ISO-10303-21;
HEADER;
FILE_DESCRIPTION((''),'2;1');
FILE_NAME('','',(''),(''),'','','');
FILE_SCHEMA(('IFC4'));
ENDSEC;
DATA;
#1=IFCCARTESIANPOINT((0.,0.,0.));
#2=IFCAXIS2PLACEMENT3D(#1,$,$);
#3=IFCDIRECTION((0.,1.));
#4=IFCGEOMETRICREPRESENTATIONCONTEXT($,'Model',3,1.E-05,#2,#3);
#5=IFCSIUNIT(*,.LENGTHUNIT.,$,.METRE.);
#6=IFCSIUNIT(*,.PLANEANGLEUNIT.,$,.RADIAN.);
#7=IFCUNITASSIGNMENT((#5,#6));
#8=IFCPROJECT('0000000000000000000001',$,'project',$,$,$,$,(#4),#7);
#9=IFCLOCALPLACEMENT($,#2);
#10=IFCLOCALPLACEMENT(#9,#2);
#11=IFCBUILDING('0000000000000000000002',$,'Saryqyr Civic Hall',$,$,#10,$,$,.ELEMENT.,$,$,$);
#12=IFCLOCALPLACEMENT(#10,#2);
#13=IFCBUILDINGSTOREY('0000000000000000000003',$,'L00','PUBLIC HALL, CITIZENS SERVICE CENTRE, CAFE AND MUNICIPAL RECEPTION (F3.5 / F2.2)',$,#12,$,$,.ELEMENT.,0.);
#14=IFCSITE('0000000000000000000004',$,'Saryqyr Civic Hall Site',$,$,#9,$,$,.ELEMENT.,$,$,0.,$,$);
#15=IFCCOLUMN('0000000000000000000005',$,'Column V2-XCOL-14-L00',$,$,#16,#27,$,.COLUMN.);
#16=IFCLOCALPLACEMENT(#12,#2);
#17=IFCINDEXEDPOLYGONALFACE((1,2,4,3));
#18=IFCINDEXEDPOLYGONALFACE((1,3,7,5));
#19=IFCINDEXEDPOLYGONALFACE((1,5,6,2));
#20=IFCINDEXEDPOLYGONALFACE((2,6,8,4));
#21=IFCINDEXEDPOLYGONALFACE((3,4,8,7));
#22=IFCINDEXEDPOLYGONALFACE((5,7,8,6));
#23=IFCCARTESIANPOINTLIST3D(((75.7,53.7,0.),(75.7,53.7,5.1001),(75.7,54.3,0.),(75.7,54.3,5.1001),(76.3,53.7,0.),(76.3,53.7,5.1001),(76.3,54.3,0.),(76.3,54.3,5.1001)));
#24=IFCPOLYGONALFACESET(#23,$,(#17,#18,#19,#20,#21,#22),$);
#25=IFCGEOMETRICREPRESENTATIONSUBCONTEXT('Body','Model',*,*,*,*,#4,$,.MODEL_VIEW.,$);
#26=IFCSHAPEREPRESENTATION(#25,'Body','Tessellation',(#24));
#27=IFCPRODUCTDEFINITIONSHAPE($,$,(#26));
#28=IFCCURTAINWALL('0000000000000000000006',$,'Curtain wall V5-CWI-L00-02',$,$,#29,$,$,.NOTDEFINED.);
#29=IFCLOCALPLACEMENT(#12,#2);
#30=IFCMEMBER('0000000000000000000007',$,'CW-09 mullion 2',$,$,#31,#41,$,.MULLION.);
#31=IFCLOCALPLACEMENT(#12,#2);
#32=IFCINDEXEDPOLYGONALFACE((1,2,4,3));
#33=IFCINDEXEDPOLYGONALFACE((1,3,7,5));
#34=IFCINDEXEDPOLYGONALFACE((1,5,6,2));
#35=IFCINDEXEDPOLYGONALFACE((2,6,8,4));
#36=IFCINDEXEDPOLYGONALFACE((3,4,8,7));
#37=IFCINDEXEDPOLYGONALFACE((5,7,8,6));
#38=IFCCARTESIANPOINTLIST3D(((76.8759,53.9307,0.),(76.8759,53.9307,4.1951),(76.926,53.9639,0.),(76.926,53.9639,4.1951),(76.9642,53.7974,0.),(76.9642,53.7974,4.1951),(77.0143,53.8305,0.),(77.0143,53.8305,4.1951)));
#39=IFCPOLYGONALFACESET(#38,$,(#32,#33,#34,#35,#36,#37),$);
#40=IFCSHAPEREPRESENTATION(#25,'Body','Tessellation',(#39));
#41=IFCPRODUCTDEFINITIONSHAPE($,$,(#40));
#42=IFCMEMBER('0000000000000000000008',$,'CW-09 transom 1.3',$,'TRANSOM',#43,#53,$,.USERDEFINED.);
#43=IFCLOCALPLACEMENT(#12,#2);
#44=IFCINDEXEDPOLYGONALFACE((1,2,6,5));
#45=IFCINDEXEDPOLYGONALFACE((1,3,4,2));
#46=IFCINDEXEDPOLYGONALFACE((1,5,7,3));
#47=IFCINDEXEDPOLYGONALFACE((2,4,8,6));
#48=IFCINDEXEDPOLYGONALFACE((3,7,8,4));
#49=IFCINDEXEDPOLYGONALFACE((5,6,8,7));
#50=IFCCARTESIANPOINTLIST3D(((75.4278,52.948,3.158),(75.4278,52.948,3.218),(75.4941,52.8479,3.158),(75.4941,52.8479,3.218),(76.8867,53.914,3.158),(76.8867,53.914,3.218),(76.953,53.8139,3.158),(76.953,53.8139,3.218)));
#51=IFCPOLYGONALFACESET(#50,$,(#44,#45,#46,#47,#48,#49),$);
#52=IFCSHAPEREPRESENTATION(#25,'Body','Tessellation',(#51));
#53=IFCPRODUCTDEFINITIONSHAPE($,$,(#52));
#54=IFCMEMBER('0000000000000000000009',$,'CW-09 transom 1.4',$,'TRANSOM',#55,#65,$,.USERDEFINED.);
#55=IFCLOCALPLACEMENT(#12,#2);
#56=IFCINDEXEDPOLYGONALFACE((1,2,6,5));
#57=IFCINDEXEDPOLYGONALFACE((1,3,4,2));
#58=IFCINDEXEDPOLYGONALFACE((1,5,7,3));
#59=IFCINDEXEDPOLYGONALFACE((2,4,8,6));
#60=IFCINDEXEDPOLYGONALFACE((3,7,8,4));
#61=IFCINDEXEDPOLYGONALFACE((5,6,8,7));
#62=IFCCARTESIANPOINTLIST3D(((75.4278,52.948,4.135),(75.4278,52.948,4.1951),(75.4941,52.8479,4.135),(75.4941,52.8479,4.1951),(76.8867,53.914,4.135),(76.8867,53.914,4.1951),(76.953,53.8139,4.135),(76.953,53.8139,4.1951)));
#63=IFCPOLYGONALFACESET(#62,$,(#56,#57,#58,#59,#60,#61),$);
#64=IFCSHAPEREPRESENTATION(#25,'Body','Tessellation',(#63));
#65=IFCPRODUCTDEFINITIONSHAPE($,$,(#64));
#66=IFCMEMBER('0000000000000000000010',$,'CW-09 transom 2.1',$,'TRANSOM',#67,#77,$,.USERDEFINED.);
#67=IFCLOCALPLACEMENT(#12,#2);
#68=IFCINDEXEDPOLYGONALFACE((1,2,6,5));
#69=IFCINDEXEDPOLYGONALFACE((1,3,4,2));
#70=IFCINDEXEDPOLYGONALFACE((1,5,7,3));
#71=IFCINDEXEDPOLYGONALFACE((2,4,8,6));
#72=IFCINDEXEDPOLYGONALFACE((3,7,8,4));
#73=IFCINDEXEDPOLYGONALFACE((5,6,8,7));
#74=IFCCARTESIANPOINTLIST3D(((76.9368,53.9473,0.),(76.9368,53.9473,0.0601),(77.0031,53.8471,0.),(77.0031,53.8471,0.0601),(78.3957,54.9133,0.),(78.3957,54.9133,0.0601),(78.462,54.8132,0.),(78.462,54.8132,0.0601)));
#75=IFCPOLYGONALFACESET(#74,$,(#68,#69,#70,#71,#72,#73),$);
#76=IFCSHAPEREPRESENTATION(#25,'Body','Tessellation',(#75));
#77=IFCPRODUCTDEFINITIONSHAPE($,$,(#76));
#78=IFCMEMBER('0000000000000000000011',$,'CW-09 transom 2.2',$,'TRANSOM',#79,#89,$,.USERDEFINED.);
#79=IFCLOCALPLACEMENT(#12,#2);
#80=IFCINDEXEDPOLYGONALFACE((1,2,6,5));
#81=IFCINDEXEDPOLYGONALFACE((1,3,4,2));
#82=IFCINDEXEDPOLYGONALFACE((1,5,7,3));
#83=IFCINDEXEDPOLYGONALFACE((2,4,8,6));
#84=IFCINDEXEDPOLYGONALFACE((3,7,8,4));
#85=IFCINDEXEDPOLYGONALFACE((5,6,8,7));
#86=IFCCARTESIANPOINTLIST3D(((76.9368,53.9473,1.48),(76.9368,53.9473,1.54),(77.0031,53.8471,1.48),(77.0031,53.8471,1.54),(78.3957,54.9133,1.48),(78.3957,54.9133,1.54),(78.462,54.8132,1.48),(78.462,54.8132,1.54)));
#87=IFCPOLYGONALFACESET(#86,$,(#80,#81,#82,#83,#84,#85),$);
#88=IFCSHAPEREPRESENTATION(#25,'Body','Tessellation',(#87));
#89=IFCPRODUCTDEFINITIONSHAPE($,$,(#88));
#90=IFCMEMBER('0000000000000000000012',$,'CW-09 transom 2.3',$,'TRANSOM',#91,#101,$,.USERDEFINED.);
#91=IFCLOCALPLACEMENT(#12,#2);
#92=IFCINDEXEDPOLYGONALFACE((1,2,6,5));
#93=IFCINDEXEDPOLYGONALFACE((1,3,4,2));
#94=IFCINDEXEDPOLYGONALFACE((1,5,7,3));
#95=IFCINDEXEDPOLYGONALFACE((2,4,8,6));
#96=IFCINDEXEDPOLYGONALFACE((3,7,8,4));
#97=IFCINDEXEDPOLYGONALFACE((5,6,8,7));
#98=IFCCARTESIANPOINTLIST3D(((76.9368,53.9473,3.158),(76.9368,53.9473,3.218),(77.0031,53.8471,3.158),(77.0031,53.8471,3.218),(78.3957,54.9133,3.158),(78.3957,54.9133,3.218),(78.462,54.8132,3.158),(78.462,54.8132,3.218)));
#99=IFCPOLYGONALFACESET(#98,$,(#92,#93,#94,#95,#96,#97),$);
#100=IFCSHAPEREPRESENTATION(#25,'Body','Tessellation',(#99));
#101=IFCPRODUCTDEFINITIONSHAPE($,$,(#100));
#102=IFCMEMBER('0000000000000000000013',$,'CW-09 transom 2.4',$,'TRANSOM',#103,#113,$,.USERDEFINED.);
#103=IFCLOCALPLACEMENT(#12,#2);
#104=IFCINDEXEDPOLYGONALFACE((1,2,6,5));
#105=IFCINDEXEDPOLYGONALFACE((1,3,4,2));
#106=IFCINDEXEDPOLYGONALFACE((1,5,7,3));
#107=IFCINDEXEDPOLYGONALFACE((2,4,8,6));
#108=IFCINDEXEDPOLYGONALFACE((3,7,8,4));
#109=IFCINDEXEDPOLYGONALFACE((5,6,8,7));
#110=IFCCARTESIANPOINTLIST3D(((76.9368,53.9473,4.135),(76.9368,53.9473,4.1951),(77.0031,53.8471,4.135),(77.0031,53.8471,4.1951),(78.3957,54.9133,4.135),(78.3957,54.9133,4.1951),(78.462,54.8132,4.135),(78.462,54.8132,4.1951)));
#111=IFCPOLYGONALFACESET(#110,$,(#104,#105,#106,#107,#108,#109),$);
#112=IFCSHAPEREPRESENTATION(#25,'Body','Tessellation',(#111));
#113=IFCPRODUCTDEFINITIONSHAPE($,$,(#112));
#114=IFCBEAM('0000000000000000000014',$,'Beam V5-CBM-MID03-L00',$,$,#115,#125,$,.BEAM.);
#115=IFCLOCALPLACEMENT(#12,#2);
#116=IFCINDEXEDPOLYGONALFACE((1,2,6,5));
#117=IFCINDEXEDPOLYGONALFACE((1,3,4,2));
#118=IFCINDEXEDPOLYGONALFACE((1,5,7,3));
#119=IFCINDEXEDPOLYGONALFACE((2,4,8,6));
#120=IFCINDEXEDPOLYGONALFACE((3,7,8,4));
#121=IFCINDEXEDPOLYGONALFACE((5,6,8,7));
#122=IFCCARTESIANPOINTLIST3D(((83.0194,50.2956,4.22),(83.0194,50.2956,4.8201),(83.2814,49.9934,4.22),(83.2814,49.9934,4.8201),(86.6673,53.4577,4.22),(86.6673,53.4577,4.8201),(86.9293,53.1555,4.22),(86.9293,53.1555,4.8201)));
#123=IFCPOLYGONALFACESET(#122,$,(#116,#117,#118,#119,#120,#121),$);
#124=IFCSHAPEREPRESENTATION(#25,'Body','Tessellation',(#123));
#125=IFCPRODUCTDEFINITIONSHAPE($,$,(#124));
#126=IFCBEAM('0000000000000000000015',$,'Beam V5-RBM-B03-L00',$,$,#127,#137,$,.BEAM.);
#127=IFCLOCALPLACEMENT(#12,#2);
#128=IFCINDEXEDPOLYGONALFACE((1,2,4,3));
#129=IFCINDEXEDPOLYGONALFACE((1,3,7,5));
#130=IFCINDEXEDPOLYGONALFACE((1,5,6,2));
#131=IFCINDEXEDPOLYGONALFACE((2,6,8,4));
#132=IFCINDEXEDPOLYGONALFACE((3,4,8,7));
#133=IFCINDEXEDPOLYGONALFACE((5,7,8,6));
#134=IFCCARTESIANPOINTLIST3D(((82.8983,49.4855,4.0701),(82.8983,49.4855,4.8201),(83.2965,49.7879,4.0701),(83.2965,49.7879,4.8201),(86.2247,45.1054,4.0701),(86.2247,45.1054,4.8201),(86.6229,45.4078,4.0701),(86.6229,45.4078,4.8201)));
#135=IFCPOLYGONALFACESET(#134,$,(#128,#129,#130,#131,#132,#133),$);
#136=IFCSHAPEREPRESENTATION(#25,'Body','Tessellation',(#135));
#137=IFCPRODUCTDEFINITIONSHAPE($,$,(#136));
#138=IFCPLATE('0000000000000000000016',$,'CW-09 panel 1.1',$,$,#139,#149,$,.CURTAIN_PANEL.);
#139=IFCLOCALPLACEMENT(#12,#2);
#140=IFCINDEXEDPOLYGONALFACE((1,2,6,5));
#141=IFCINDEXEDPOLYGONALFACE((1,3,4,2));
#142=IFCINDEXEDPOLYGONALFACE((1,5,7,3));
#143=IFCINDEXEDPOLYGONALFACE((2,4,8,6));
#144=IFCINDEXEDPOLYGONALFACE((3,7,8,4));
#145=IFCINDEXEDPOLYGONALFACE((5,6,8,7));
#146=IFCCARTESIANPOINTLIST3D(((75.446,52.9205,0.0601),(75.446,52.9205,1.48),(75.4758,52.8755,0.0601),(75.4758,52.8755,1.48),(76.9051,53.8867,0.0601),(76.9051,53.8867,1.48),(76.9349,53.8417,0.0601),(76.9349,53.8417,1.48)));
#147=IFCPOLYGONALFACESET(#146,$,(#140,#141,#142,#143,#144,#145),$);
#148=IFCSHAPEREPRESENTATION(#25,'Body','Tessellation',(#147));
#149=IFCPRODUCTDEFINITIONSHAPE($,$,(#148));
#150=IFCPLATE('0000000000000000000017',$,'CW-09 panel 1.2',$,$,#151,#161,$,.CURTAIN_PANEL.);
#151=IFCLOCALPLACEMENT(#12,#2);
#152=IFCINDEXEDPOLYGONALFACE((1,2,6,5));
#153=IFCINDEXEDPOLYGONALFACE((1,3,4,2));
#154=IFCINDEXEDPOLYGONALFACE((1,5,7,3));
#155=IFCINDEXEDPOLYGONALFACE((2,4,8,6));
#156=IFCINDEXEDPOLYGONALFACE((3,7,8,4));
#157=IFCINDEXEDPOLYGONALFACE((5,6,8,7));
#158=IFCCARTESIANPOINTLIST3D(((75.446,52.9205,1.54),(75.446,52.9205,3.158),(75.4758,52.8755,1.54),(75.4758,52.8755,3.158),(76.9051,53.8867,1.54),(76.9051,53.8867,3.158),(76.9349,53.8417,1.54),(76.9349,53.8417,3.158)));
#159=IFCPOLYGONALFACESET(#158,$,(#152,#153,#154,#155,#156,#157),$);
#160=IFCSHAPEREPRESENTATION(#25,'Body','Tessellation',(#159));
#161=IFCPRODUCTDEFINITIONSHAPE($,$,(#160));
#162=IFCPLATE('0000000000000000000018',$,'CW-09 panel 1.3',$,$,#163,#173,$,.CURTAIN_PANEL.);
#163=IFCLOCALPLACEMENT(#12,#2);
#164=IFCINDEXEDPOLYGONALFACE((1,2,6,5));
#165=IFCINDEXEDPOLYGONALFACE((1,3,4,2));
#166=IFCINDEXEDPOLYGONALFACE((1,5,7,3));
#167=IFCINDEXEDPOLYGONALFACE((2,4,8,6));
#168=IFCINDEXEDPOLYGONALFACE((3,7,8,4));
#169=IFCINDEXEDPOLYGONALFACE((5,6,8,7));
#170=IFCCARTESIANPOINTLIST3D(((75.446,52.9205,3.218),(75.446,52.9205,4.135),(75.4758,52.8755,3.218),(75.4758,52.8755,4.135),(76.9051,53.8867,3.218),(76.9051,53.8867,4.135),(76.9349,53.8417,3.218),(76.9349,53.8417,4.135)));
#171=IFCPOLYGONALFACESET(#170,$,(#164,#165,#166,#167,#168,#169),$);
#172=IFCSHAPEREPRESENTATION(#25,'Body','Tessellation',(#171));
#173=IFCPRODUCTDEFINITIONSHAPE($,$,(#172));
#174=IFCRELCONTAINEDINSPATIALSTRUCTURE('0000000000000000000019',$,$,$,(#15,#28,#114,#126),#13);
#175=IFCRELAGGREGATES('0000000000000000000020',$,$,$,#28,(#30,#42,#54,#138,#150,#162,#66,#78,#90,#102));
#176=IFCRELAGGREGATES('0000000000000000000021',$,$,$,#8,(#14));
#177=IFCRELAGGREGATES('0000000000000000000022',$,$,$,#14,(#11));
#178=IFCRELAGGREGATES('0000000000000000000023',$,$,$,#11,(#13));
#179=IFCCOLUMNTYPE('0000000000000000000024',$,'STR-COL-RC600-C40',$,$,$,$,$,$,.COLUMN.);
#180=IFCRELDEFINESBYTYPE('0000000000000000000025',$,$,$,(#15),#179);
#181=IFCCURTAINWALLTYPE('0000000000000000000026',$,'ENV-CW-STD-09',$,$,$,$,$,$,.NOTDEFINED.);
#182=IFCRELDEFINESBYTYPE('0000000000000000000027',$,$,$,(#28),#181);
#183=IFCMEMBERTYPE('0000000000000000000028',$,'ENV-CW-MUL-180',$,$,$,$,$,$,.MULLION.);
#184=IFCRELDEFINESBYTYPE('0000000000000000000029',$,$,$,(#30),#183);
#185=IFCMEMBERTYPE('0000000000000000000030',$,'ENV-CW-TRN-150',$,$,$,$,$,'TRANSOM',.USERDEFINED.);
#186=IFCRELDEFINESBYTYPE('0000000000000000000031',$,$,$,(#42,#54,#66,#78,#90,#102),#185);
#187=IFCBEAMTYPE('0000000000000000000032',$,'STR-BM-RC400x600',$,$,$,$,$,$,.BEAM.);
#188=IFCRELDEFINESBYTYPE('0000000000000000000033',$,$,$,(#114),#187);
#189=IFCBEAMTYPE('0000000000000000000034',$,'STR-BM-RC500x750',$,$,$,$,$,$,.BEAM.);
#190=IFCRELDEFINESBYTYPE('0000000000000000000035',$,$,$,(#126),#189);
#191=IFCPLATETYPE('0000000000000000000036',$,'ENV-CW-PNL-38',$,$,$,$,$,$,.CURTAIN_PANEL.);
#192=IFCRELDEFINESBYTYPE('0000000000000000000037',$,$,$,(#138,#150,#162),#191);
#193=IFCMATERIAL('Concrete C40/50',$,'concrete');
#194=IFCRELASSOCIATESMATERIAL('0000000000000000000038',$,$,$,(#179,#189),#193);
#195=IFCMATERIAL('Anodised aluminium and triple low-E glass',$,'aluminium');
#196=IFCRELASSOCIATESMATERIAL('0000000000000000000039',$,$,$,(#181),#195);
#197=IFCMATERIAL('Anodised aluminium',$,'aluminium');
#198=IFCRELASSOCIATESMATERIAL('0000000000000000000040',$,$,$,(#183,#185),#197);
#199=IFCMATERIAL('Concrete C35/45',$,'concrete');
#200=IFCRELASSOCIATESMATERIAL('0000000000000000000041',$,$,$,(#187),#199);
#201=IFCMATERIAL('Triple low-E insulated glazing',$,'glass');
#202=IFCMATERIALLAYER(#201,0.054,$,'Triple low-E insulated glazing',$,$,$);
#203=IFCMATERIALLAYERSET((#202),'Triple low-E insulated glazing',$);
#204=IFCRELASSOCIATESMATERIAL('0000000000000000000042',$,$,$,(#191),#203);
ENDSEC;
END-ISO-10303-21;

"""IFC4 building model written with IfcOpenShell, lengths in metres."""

from ifc_helpers import new_model, si_unit, direction, frame, origin, origin_2d, place, context, subcontext, project, spatial, rectangle, extrude, material, layer, layer_set, material_profile, profile_set, type_object, element, aggregate, save


model = new_model("IFC4")

# Units and contexts
model_context = context("Model", 3, precision=1e-05, world=origin(), true_north=direction((0.0, 1.0)))
body_context = subcontext(model_context, "Body", "Model", "MODEL_VIEW")
ifc_project = project(units=[si_unit("LENGTHUNIT", "METRE"), si_unit("PLANEANGLEUNIT", "RADIAN")], contexts=[model_context])

# Site, building, storey
site_placement = place(None, origin())
site = spatial("IfcSite", under=ifc_project, at=site_placement, Name="Saryqyr Civic Hall Site", CompositionType="ELEMENT", RefElevation=0.0)
building_placement = place(site_placement, origin())
building = spatial("IfcBuilding", under=site, at=building_placement, Name="Saryqyr Civic Hall", CompositionType="ELEMENT")
storey_placement = place(building_placement, origin())
storey = spatial("IfcBuildingStorey", under=building, at=storey_placement, Name="L00", Description="PUBLIC HALL, CITIZENS SERVICE CENTRE, CAFE AND MUNICIPAL RECEPTION (F3.5 / F2.2)", CompositionType="ELEMENT", Elevation=0.0)

# Column
ifc_material_1 = material(Name="Concrete C40/50", Category="concrete")
ifc_material_profile_1 = material_profile(ifc_material_1, rectangle(XDim=0.6001, YDim=0.6001, at=origin_2d()), Name="RC 600x600")
ifc_profile_set_1 = profile_set([ifc_material_profile_1], Name="Concrete C40/50")
column_type_1 = type_object("IfcColumnType", Name="STR-COL-RC600-C40", PredefinedType="COLUMN", material=ifc_profile_set_1)
column_1_placement = place(storey_placement, frame((76.0, 54.0, 0.0), z_axis=(0.0, 0.0, 1.0), x_axis=(1.0, 0.0, 0.0)))
element("IfcColumn", 1, at=column_1_placement, inside=storey, type_object=column_type_1, Name="Column V2-XCOL-14-L00", PredefinedType="COLUMN", context=body_context, shape_type="SweptSolid", body=[
    extrude(rectangle(XDim=0.6001, YDim=0.6001, at=origin_2d()), origin(), (0.0, 0.0, 1.0), 5.1001),
])

# Curtain wall, members
ifc_material_2 = material(Name="Anodised aluminium and triple low-E glass", Category="aluminium")
curtain_wall_type = type_object("IfcCurtainWallType", Name="ENV-CW-STD-09", PredefinedType="NOTDEFINED", material=ifc_material_2)
curtain_wall_placement = place(storey_placement, origin())
curtain_wall = element("IfcCurtainWall", 2, at=curtain_wall_placement, inside=storey, type_object=curtain_wall_type, Name="Curtain wall V5-CWI-L00-02", PredefinedType="NOTDEFINED")
ifc_material_3 = material(Name="Anodised aluminium", Category="aluminium")
ifc_material_profile_2 = material_profile(ifc_material_3, rectangle(XDim=0.0601, YDim=0.1599, at=origin_2d()), Name="ALU MULLION 60x160")
ifc_profile_set_2 = profile_set([ifc_material_profile_2], Name="Anodised aluminium")
member_type_1 = type_object("IfcMemberType", Name="ENV-CW-MUL-180", PredefinedType="MULLION", material=ifc_profile_set_2)
member_1_placement = place(storey_placement, frame((76.9451, 53.8806, 0.0), z_axis=(0.0, 0.0, 1.0), x_axis=(0.833765, 0.55212, 0.0)))
member_1 = element("IfcMember", 3, at=member_1_placement, type_object=member_type_1, Name="CW-09 mullion 2", PredefinedType="MULLION", context=body_context, shape_type="SweptSolid", body=[
    extrude(rectangle(XDim=0.0601, YDim=0.1599, at=origin_2d()), origin(), (0.0, 0.0, 1.0), 4.1951),
])
ifc_material_profile_3 = material_profile(ifc_material_3, rectangle(XDim=0.1201, YDim=0.0601, at=origin_2d()), Name="ALU TRANSOM 120x60")
ifc_profile_set_3 = profile_set([ifc_material_profile_3], Name="Anodised aluminium")
member_type_2 = type_object("IfcMemberType", Name="ENV-CW-TRN-150", ElementType="TRANSOM", PredefinedType="USERDEFINED", material=ifc_profile_set_3)
member_2_placement = place(storey_placement, frame((75.4609, 52.8979, 3.188), z_axis=(0.833785, 0.552089, 0.0), x_axis=(-0.552089, 0.833785, 0.0)))
member_2 = element("IfcMember", 4, at=member_2_placement, type_object=member_type_2, Name="CW-09 transom 1.3", ObjectType="TRANSOM", PredefinedType="USERDEFINED", context=body_context, shape_type="SweptSolid", body=[
    extrude(rectangle(XDim=0.1201, YDim=0.0601, at=origin_2d()), origin(), (0.0, 0.0, 1.0), 1.7498),
])
member_3_placement = place(storey_placement, frame((75.4609, 52.8979, 4.165), z_axis=(0.833785, 0.552089, 0.0), x_axis=(-0.552089, 0.833785, 0.0)))
member_3 = element("IfcMember", 5, at=member_3_placement, type_object=member_type_2, Name="CW-09 transom 1.4", ObjectType="TRANSOM", PredefinedType="USERDEFINED", context=body_context, shape_type="SweptSolid", body=[
    extrude(rectangle(XDim=0.1201, YDim=0.0601, at=origin_2d()), origin(), (0.0, 0.0, 1.0), 1.7498),
])
member_4_placement = place(storey_placement, frame((76.97, 53.8972, 0.03), z_axis=(0.833785, 0.552089, 0.0), x_axis=(-0.552089, 0.833785, 0.0)))
member_4 = element("IfcMember", 6, at=member_4_placement, type_object=member_type_2, Name="CW-09 transom 2.1", ObjectType="TRANSOM", PredefinedType="USERDEFINED", context=body_context, shape_type="SweptSolid", body=[
    extrude(rectangle(XDim=0.1201, YDim=0.0601, at=origin_2d()), origin(), (0.0, 0.0, 1.0), 1.7498),
])
member_5_placement = place(storey_placement, frame((76.97, 53.8972, 1.51), z_axis=(0.833785, 0.552089, 0.0), x_axis=(-0.552089, 0.833785, 0.0)))
member_5 = element("IfcMember", 7, at=member_5_placement, type_object=member_type_2, Name="CW-09 transom 2.2", ObjectType="TRANSOM", PredefinedType="USERDEFINED", context=body_context, shape_type="SweptSolid", body=[
    extrude(rectangle(XDim=0.1201, YDim=0.0601, at=origin_2d()), origin(), (0.0, 0.0, 1.0), 1.7498),
])
member_6_placement = place(storey_placement, frame((76.97, 53.8972, 3.188), z_axis=(0.833785, 0.552089, 0.0), x_axis=(-0.552089, 0.833785, 0.0)))
member_6 = element("IfcMember", 8, at=member_6_placement, type_object=member_type_2, Name="CW-09 transom 2.3", ObjectType="TRANSOM", PredefinedType="USERDEFINED", context=body_context, shape_type="SweptSolid", body=[
    extrude(rectangle(XDim=0.1201, YDim=0.0601, at=origin_2d()), origin(), (0.0, 0.0, 1.0), 1.7498),
])
member_7_placement = place(storey_placement, frame((76.97, 53.8972, 4.165), z_axis=(0.833785, 0.552089, 0.0), x_axis=(-0.552089, 0.833785, 0.0)))
member_7 = element("IfcMember", 9, at=member_7_placement, type_object=member_type_2, Name="CW-09 transom 2.4", ObjectType="TRANSOM", PredefinedType="USERDEFINED", context=body_context, shape_type="SweptSolid", body=[
    extrude(rectangle(XDim=0.1201, YDim=0.0601, at=origin_2d()), origin(), (0.0, 0.0, 1.0), 1.7498),
])

# Beams
ifc_material_4 = material(Name="Concrete C35/45", Category="concrete")
ifc_material_profile_4 = material_profile(ifc_material_4, rectangle(XDim=0.3999, YDim=0.6001, at=origin_2d()), Name="RC 400x600")
ifc_profile_set_4 = profile_set([ifc_material_profile_4], Name="Concrete C35/45")
beam_type_1 = type_object("IfcBeamType", Name="STR-BM-RC400x600", PredefinedType="BEAM", material=ifc_profile_set_4)
beam_1_placement = place(storey_placement, frame((83.1504, 50.1445, 4.52), z_axis=(0.755632, 0.654996, 0.0), x_axis=(-0.654996, 0.755632, 0.0)))
element("IfcBeam", 10, at=beam_1_placement, inside=storey, type_object=beam_type_1, Name="Beam V5-CBM-MID03-L00", PredefinedType="BEAM", context=body_context, shape_type="SweptSolid", body=[
    extrude(rectangle(XDim=0.3999, YDim=0.6001, at=origin_2d()), origin(), (0.0, 0.0, 1.0), 4.8276),
])
ifc_material_profile_5 = material_profile(ifc_material_1, rectangle(XDim=0.5, YDim=0.75, at=origin_2d()), Name="RC 500x750")
ifc_profile_set_5 = profile_set([ifc_material_profile_5], Name="Concrete C40/50")
beam_type_2 = type_object("IfcBeamType", Name="STR-BM-RC500x750", PredefinedType="BEAM", material=ifc_profile_set_5)
beam_2_placement = place(storey_placement, frame((83.0974, 49.6367, 4.4451), z_axis=(0.604797, -0.796379, 0.0), x_axis=(0.796379, 0.604797, 0.0)))
element("IfcBeam", 11, at=beam_2_placement, inside=storey, type_object=beam_type_2, Name="Beam V5-RBM-B03-L00", PredefinedType="BEAM", context=body_context, shape_type="SweptSolid", body=[
    extrude(rectangle(XDim=0.5, YDim=0.75, at=origin_2d()), origin(), (0.0, 0.0, 1.0), 5.5),
])

# Plates
ifc_material_5 = material(Name="Triple low-E insulated glazing", Category="glass")
ifc_layer_1 = layer(ifc_material_5, 0.054, Name="Triple low-E insulated glazing")
ifc_layer_set_1 = layer_set([ifc_layer_1], Name="Triple low-E insulated glazing")
plate_type = type_object("IfcPlateType", Name="ENV-CW-PNL-38", PredefinedType="CURTAIN_PANEL", material=ifc_layer_set_1)
plate_1_placement = place(storey_placement, frame((76.1904, 53.3811, 0.0601), z_axis=(0.0, 0.0, 1.0), x_axis=(0.833765, 0.55212, 0.0)))
plate_1 = element("IfcPlate", 12, at=plate_1_placement, type_object=plate_type, Name="CW-09 panel 1.1", PredefinedType="CURTAIN_PANEL", context=body_context, shape_type="SweptSolid", body=[
    extrude(rectangle(XDim=1.75, YDim=0.054, at=origin_2d()), origin(), (0.0, 0.0, 1.0), 1.4199),
])
plate_2_placement = place(storey_placement, frame((76.1904, 53.3811, 1.54), z_axis=(0.0, 0.0, 1.0), x_axis=(0.833765, 0.55212, 0.0)))
plate_2 = element("IfcPlate", 13, at=plate_2_placement, type_object=plate_type, Name="CW-09 panel 1.2", PredefinedType="CURTAIN_PANEL", context=body_context, shape_type="SweptSolid", body=[
    extrude(rectangle(XDim=1.75, YDim=0.054, at=origin_2d()), origin(), (0.0, 0.0, 1.0), 1.6179),
])
plate_3_placement = place(storey_placement, frame((76.1904, 53.3811, 3.218), z_axis=(0.0, 0.0, 1.0), x_axis=(0.833765, 0.55212, 0.0)))
plate_3 = element("IfcPlate", 14, at=plate_3_placement, type_object=plate_type, Name="CW-09 panel 1.3", PredefinedType="CURTAIN_PANEL", context=body_context, shape_type="SweptSolid", body=[
    extrude(rectangle(XDim=1.75, YDim=0.054, at=origin_2d()), origin(), (0.0, 0.0, 1.0), 0.917),
])
aggregate(curtain_wall, [member_1, member_2, member_3, plate_1, plate_2, plate_3, member_4, member_5, member_6, member_7])

save(model, "model.ifc")
